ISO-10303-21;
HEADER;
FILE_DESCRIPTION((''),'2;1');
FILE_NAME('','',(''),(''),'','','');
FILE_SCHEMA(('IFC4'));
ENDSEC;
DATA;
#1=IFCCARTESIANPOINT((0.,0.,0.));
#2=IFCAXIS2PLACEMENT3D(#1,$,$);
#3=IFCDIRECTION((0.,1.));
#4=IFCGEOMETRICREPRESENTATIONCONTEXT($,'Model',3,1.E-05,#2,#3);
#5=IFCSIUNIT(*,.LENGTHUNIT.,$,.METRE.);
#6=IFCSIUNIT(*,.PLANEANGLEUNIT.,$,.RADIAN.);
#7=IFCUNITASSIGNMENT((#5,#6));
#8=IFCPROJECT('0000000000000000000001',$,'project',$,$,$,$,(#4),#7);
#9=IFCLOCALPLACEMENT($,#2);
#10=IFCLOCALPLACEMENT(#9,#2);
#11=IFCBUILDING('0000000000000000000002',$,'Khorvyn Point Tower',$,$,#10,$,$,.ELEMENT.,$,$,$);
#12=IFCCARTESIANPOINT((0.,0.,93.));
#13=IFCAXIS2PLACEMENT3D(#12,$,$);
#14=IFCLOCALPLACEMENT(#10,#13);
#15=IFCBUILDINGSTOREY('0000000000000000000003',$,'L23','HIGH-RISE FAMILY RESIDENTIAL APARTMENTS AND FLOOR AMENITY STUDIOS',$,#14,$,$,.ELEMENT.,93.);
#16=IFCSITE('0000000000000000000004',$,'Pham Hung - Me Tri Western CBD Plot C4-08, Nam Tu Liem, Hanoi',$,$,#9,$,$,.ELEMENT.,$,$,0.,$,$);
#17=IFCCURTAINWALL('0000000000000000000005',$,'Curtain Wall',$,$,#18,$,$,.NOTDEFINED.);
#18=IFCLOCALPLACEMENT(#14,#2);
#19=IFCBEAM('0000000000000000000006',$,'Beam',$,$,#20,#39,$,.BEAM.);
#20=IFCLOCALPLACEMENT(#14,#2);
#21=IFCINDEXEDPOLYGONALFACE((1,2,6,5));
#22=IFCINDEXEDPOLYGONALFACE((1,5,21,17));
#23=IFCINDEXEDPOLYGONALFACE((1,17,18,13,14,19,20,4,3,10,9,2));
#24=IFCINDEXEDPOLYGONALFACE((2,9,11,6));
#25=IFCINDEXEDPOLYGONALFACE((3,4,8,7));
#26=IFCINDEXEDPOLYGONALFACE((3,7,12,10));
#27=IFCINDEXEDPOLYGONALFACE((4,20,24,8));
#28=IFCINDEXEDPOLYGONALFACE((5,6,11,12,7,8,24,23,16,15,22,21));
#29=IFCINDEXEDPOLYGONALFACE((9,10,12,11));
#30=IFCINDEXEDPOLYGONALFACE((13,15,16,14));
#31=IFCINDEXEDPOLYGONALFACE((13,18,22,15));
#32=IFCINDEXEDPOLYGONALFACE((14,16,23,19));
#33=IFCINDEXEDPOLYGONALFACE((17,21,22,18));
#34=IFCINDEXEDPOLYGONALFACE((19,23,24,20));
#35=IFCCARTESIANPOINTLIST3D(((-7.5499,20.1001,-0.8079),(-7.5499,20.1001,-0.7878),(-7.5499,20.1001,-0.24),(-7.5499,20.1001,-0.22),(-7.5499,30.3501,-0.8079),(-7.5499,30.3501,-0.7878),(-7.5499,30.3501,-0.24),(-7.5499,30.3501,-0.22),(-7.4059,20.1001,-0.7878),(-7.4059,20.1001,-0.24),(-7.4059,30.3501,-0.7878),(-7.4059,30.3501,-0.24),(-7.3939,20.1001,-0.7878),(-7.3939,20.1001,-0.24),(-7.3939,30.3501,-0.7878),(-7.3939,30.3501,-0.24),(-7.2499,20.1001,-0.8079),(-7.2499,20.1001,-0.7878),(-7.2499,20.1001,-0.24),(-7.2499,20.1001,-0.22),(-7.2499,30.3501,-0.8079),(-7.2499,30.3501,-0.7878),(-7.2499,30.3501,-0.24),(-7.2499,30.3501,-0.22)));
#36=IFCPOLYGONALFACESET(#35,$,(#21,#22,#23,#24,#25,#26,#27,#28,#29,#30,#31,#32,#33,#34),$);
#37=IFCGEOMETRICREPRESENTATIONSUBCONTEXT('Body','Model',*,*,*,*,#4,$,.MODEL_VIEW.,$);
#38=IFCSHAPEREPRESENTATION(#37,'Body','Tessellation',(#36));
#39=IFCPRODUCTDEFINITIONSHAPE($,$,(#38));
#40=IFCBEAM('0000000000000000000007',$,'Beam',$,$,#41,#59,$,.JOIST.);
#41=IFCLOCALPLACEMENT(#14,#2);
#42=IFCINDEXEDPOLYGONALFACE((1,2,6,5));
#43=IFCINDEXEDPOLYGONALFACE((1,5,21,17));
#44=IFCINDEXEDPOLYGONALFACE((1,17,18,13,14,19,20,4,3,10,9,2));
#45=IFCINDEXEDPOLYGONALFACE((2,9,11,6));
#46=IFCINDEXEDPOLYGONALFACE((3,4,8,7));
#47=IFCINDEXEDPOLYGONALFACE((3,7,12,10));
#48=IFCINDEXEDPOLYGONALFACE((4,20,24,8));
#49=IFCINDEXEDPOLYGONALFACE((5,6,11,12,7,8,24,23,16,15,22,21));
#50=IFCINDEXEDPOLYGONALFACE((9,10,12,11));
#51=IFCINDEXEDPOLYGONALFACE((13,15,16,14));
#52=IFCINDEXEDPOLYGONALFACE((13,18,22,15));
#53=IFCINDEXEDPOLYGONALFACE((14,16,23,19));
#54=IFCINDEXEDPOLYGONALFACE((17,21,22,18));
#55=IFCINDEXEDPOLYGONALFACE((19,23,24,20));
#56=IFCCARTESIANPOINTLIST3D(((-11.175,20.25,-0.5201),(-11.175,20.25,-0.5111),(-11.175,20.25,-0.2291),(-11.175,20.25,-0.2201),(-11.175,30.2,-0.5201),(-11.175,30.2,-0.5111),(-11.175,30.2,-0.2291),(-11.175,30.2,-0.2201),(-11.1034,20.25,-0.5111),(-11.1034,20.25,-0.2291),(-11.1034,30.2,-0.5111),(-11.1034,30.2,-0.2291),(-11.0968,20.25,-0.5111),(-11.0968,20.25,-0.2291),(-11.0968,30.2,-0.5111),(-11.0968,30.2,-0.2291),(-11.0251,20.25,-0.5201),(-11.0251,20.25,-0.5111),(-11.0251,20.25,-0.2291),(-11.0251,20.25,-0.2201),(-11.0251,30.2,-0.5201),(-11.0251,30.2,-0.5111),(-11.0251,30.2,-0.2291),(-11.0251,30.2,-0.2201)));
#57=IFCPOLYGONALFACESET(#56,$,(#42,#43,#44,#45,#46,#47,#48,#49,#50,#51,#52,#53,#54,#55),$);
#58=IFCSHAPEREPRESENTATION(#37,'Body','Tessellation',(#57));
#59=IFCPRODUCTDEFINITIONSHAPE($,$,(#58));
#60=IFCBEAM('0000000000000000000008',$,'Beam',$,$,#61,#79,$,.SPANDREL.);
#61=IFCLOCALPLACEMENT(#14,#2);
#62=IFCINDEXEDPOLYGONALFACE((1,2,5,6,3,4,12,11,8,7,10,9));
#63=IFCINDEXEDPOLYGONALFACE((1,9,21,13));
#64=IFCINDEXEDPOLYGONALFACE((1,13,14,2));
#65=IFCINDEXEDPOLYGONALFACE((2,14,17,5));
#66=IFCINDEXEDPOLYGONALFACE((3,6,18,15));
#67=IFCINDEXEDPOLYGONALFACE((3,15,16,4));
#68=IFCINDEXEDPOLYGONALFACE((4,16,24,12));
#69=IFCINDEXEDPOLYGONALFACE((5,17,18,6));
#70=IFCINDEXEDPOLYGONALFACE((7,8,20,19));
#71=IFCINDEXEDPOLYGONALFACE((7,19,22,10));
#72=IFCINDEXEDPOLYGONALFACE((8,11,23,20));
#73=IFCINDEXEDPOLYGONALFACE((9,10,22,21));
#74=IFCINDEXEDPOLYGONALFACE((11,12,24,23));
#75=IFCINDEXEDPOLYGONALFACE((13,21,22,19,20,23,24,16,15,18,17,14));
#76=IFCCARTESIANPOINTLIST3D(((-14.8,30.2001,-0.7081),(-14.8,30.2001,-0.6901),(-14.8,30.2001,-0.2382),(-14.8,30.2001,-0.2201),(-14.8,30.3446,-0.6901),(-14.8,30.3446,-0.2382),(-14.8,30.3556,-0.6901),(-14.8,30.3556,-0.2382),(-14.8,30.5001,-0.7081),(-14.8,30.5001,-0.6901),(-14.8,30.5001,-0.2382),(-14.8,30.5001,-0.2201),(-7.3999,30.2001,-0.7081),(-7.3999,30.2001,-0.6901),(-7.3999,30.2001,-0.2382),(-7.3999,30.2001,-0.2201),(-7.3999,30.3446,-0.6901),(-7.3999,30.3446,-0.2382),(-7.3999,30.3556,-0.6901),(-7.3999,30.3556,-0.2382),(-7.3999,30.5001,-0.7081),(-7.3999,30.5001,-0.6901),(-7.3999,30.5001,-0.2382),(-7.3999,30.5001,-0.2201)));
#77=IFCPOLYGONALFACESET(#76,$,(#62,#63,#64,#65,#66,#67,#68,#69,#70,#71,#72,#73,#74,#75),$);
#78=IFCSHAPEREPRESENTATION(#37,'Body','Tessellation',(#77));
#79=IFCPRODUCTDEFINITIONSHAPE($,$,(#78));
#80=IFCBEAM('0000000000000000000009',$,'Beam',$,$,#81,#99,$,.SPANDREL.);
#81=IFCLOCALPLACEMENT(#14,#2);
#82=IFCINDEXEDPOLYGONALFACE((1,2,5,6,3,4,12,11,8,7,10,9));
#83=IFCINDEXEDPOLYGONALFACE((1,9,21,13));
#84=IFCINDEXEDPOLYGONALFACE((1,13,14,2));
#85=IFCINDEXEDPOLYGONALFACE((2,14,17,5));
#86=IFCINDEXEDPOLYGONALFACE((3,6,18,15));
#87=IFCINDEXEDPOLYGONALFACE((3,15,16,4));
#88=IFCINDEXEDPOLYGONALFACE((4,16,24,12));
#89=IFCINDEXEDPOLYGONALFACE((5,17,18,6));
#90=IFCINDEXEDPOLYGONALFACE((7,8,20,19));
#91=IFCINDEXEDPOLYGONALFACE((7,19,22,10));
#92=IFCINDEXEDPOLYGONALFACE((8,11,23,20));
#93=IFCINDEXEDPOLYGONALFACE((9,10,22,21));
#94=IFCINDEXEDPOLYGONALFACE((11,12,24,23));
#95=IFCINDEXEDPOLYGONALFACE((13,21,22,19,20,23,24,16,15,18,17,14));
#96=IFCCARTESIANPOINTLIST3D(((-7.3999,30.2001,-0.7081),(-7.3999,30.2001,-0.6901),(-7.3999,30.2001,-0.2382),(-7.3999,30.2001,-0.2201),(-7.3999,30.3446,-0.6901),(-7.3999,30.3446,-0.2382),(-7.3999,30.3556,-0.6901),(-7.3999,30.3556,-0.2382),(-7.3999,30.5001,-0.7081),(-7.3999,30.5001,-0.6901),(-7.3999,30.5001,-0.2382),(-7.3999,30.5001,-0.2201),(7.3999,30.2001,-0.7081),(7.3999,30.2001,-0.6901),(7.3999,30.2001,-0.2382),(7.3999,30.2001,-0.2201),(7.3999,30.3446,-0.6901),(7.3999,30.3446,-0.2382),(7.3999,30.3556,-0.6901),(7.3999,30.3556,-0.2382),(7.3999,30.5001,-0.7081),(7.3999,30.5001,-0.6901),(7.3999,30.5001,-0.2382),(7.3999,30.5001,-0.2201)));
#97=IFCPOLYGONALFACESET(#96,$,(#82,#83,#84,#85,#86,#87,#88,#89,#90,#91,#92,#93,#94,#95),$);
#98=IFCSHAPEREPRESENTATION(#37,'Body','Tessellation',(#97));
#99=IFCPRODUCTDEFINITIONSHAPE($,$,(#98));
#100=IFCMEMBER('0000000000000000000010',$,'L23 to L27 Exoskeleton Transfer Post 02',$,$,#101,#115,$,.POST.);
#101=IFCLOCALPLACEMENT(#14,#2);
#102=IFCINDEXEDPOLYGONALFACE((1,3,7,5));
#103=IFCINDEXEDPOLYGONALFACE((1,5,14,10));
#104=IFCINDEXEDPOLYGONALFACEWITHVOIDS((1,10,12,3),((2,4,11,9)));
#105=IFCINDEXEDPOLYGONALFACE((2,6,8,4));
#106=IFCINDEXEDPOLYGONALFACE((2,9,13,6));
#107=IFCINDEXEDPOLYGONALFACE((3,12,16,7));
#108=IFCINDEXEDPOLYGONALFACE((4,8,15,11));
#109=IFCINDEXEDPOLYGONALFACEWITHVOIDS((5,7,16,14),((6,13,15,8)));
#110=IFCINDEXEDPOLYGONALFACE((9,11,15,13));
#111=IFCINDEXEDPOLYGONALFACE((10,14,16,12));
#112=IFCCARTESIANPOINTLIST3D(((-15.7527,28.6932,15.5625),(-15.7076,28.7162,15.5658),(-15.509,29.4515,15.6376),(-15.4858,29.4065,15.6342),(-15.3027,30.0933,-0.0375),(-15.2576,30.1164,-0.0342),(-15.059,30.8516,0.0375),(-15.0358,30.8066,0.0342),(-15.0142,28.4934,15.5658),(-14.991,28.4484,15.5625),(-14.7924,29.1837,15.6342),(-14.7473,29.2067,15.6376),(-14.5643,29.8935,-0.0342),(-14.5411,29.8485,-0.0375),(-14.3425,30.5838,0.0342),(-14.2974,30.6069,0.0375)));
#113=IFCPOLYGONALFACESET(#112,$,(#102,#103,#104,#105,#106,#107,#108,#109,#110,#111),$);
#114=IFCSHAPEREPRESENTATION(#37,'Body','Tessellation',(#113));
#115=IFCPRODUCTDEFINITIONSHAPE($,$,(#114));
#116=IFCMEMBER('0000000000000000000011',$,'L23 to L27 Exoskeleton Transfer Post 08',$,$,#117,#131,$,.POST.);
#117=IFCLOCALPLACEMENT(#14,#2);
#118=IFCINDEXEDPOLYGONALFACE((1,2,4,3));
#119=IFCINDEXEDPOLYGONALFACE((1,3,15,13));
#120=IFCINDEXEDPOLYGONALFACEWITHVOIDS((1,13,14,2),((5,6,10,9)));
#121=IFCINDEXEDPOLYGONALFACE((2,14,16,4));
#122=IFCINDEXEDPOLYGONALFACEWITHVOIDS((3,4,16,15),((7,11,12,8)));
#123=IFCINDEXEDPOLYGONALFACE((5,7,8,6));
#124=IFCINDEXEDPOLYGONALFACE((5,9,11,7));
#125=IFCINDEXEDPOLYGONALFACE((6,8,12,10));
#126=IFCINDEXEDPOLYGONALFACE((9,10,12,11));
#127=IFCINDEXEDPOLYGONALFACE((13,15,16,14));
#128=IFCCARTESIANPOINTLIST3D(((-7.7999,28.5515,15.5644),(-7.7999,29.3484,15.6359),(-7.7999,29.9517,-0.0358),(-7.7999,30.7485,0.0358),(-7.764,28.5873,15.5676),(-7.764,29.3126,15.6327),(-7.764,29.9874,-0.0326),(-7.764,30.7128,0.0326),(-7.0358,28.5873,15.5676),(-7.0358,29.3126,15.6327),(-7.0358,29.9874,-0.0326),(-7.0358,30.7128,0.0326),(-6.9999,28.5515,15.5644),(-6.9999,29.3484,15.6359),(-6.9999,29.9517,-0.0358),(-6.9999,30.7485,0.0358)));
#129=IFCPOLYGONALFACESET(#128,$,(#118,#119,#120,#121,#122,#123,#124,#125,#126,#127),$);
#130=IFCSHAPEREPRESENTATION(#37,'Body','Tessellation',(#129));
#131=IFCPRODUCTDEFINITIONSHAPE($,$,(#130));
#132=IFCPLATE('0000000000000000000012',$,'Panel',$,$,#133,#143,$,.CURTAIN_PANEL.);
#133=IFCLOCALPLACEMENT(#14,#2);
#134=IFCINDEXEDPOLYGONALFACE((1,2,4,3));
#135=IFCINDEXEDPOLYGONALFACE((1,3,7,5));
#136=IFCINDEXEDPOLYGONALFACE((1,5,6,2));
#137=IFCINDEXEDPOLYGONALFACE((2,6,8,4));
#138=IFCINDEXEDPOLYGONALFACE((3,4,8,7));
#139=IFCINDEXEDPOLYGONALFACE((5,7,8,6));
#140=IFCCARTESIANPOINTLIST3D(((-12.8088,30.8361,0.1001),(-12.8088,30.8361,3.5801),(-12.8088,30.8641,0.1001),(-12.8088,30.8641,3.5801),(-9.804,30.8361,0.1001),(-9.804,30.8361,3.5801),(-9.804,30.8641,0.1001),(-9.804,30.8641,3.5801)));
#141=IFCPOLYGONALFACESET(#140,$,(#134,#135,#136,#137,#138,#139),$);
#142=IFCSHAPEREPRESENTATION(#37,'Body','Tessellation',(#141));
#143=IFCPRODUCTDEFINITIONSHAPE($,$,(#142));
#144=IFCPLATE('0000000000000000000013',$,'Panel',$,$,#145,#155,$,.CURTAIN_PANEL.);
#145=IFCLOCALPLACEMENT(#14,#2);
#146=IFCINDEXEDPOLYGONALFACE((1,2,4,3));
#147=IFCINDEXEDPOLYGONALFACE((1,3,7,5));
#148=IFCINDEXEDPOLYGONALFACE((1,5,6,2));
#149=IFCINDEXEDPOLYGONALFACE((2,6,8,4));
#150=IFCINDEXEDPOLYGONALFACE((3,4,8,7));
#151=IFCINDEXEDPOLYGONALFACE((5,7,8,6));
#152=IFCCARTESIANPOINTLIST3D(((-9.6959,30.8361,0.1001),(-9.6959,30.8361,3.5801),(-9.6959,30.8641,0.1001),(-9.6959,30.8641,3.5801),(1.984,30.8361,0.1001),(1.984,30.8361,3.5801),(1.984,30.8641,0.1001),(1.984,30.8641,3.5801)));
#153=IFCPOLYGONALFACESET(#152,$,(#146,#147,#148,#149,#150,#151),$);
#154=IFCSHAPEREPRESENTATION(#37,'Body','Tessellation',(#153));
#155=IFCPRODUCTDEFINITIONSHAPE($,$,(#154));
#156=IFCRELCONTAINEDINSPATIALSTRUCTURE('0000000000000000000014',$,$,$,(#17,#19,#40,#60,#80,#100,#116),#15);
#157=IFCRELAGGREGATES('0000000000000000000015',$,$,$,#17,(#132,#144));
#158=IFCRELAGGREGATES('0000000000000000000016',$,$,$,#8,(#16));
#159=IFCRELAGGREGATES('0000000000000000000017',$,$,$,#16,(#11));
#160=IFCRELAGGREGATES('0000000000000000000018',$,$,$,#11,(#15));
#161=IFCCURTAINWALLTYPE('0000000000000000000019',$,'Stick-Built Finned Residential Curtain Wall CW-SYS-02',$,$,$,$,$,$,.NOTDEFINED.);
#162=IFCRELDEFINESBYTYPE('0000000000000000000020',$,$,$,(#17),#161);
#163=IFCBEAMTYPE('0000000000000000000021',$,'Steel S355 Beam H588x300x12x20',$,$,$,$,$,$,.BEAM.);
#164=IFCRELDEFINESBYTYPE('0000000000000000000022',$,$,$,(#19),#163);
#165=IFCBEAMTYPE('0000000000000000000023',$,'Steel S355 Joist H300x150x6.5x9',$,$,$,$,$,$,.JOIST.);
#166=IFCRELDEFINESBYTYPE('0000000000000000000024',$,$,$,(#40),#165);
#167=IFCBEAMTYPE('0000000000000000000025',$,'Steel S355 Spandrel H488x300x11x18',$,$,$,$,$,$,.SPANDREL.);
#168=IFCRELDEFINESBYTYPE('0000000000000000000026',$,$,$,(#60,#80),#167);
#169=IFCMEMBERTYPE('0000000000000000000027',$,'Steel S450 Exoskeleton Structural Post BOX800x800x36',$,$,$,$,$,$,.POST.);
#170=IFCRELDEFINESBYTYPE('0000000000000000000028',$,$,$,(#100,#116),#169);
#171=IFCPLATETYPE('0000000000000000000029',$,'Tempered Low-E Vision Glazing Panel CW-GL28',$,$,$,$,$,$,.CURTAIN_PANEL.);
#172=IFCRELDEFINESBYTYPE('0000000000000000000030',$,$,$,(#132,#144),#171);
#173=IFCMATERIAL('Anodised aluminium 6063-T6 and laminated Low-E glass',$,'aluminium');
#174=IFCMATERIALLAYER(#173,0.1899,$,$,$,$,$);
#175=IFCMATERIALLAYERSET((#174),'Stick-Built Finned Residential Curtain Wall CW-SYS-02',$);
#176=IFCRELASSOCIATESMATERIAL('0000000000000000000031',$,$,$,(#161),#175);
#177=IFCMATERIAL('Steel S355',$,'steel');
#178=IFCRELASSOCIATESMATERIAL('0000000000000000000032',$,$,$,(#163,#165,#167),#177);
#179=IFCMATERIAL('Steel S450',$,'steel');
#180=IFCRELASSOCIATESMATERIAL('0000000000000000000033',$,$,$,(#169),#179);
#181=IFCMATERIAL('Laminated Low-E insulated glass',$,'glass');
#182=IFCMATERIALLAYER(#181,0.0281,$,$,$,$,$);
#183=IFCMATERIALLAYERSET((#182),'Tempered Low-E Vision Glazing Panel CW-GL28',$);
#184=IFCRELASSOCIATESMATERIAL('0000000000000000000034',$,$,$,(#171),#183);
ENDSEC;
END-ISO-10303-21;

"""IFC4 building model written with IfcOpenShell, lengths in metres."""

from ifc_helpers import new_model, si_unit, direction, frame, origin, origin_2d, place, context, subcontext, project, spatial, rectangle, hollow_rectangle, i_section, extrude, material, layer, layer_set, material_profile, profile_set, type_object, element, aggregate, save


model = new_model("IFC4")

# Units and contexts
model_context = context("Model", 3, precision=1e-05, world=origin(), true_north=direction((0.0, 1.0)))
body_context = subcontext(model_context, "Body", "Model", "MODEL_VIEW")
ifc_project = project(units=[si_unit("LENGTHUNIT", "METRE"), si_unit("PLANEANGLEUNIT", "RADIAN")], contexts=[model_context])

# Site, building, storey
site_placement = place(None, origin())
site = spatial("IfcSite", under=ifc_project, at=site_placement, Name="Pham Hung - Me Tri Western CBD Plot C4-08, Nam Tu Liem, Hanoi", CompositionType="ELEMENT", RefElevation=0.0)
building_placement = place(site_placement, origin())
building = spatial("IfcBuilding", under=site, at=building_placement, Name="Khorvyn Point Tower", CompositionType="ELEMENT")
storey_placement = place(building_placement, frame((0.0, 0.0, 93.0)))
storey = spatial("IfcBuildingStorey", under=building, at=storey_placement, Name="L23", Description="HIGH-RISE FAMILY RESIDENTIAL APARTMENTS AND FLOOR AMENITY STUDIOS", CompositionType="ELEMENT", Elevation=93.0)

# Shared definitions
ifc_material_1 = material(Name="Steel S450", Category="steel")

# Curtain wall
ifc_material_2 = material(Name="Anodised aluminium 6063-T6 and laminated Low-E glass", Category="aluminium")
ifc_layer_1 = layer(ifc_material_2, 0.1899)
ifc_layer_set_1 = layer_set([ifc_layer_1], Name="Stick-Built Finned Residential Curtain Wall CW-SYS-02")
curtain_wall_type = type_object("IfcCurtainWallType", Name="Stick-Built Finned Residential Curtain Wall CW-SYS-02", PredefinedType="NOTDEFINED", material=ifc_layer_set_1)
curtain_wall_placement = place(storey_placement, origin())
curtain_wall = element("IfcCurtainWall", 1, at=curtain_wall_placement, inside=storey, type_object=curtain_wall_type, Name="Curtain Wall", PredefinedType="NOTDEFINED")

# Beams
ifc_material_3 = material(Name="Steel S355", Category="steel")
ifc_material_profile_1 = material_profile(ifc_material_3, i_section(OverallWidth=0.3, OverallDepth=0.5879, WebThickness=0.012, FlangeThickness=0.02, at=origin_2d()))
ifc_profile_set_1 = profile_set([ifc_material_profile_1], Name="Steel S355 H588x300x12x20")
beam_type_1 = type_object("IfcBeamType", Name="Steel S355 Beam H588x300x12x20", PredefinedType="BEAM", material=ifc_profile_set_1)
beam_1_placement = place(storey_placement, frame((-7.3999, 20.1001, -0.5139), z_axis=(0.0, 1.0, 0.0), x_axis=(-1.0, 0.0, 0.0)))
element("IfcBeam", 2, at=beam_1_placement, inside=storey, type_object=beam_type_1, Name="Beam", PredefinedType="BEAM", context=body_context, shape_type="SweptSolid", body=[
    extrude(i_section(OverallWidth=0.3, OverallDepth=0.5879, WebThickness=0.012, FlangeThickness=0.02, at=origin_2d()), origin(), (0.0, 0.0, 1.0), 10.25),
])
ifc_material_profile_2 = material_profile(ifc_material_3, i_section(OverallWidth=0.1499, OverallDepth=0.3, WebThickness=0.0066, FlangeThickness=0.009, at=origin_2d()))
ifc_profile_set_2 = profile_set([ifc_material_profile_2], Name="Steel S355 H300x150x6.5x9")
beam_type_2 = type_object("IfcBeamType", Name="Steel S355 Joist H300x150x6.5x9", PredefinedType="JOIST", material=ifc_profile_set_2)
beam_2_placement = place(storey_placement, frame((-11.1001, 20.25, -0.3701), z_axis=(0.0, 1.0, 0.0), x_axis=(-1.0, 0.0, 0.0)))
element("IfcBeam", 3, at=beam_2_placement, inside=storey, type_object=beam_type_2, Name="Beam", PredefinedType="JOIST", context=body_context, shape_type="SweptSolid", body=[
    extrude(i_section(OverallWidth=0.1499, OverallDepth=0.3, WebThickness=0.0066, FlangeThickness=0.009, at=origin_2d()), origin(), (0.0, 0.0, 1.0), 9.95),
])
ifc_material_profile_3 = material_profile(ifc_material_3, i_section(OverallWidth=0.3, OverallDepth=0.488, WebThickness=0.011, FlangeThickness=0.0181, at=origin_2d()))
ifc_profile_set_3 = profile_set([ifc_material_profile_3], Name="Steel S355 H488x300x11x18")
beam_type_3 = type_object("IfcBeamType", Name="Steel S355 Spandrel H488x300x11x18", PredefinedType="SPANDREL", material=ifc_profile_set_3)
beam_3_placement = place(storey_placement, frame((-14.8, 30.3501, -0.4641), z_axis=(1.0, 0.0, 0.0), x_axis=(0.0, 1.0, 0.0)))
element("IfcBeam", 4, at=beam_3_placement, inside=storey, type_object=beam_type_3, Name="Beam", PredefinedType="SPANDREL", context=body_context, shape_type="SweptSolid", body=[
    extrude(i_section(OverallWidth=0.3, OverallDepth=0.488, WebThickness=0.011, FlangeThickness=0.0181, at=origin_2d()), origin(), (0.0, 0.0, 1.0), 7.4001),
])
beam_4_placement = place(storey_placement, frame((-7.3999, 30.3501, -0.4641), z_axis=(1.0, 0.0, 0.0), x_axis=(0.0, 1.0, 0.0)))
element("IfcBeam", 5, at=beam_4_placement, inside=storey, type_object=beam_type_3, Name="Beam", PredefinedType="SPANDREL", context=body_context, shape_type="SweptSolid", body=[
    extrude(i_section(OverallWidth=0.3, OverallDepth=0.488, WebThickness=0.011, FlangeThickness=0.0181, at=origin_2d()), origin(), (0.0, 0.0, 1.0), 14.7998),
])

# Members
ifc_material_profile_4 = material_profile(ifc_material_1, hollow_rectangle(XDim=0.8, YDim=0.8, WallThickness=0.0359, at=origin_2d()))
ifc_profile_set_4 = profile_set([ifc_material_profile_4], Name="Steel S450 BOX800x800x36")
member_type_1 = type_object("IfcMemberType", Name="Steel S450 Exoskeleton Structural Post BOX800x800x36", PredefinedType="POST", material=ifc_profile_set_4)
member_1_placement = place(storey_placement, frame((-14.8, 30.3501, 0.0), z_axis=(-0.028716, -0.089356, 0.995586), x_axis=(0.952048, -0.30595, 0.0)))
element("IfcMember", 6, at=member_1_placement, inside=storey, type_object=member_type_1, Name="L23 to L27 Exoskeleton Transfer Post 02", PredefinedType="POST", context=body_context, shape_type="SweptSolid", body=[
    extrude(hollow_rectangle(XDim=0.8, YDim=0.8, WallThickness=0.0359, at=origin_2d()), origin(), (0.0, 0.0, 1.0), 15.6692),
])
member_2_placement = place(storey_placement, frame((-7.3999, 30.3501, 0.0), z_axis=(0.0, -0.089393, 0.995996), x_axis=(1.0, 0.0, 0.0)))
element("IfcMember", 7, at=member_2_placement, inside=storey, type_object=member_type_1, Name="L23 to L27 Exoskeleton Transfer Post 08", PredefinedType="POST", context=body_context, shape_type="SweptSolid", body=[
    extrude(hollow_rectangle(XDim=0.8, YDim=0.8, WallThickness=0.0359, at=origin_2d()), origin(), (0.0, 0.0, 1.0), 15.6628),
])

# Plates
ifc_material_4 = material(Name="Laminated Low-E insulated glass", Category="glass")
ifc_layer_2 = layer(ifc_material_4, 0.0281)
ifc_layer_set_2 = layer_set([ifc_layer_2], Name="Tempered Low-E Vision Glazing Panel CW-GL28")
plate_type = type_object("IfcPlateType", Name="Tempered Low-E Vision Glazing Panel CW-GL28", PredefinedType="CURTAIN_PANEL", material=ifc_layer_set_2)
plate_1_placement = place(storey_placement, frame((-11.3064, 30.8501, 0.1001), z_axis=(0.0, 0.0, 1.0), x_axis=(1.0, 0.0, 0.0)))
plate_1 = element("IfcPlate", 8, at=plate_1_placement, type_object=plate_type, Name="Panel", PredefinedType="CURTAIN_PANEL", context=body_context, shape_type="SweptSolid", body=[
    extrude(rectangle(XDim=3.0049, YDim=0.0281, at=origin_2d()), origin(), (0.0, 0.0, 1.0), 3.48),
])
plate_2_placement = place(storey_placement, frame((-3.856, 30.8501, 0.1001), z_axis=(0.0, 0.0, 1.0), x_axis=(1.0, 0.0, 0.0)))
plate_2 = element("IfcPlate", 9, at=plate_2_placement, type_object=plate_type, Name="Panel", PredefinedType="CURTAIN_PANEL", context=body_context, shape_type="SweptSolid", body=[
    extrude(rectangle(XDim=11.6799, YDim=0.0281, at=origin_2d()), origin(), (0.0, 0.0, 1.0), 3.48),
])
aggregate(curtain_wall, [plate_1, plate_2])

save(model, "model.ifc")
